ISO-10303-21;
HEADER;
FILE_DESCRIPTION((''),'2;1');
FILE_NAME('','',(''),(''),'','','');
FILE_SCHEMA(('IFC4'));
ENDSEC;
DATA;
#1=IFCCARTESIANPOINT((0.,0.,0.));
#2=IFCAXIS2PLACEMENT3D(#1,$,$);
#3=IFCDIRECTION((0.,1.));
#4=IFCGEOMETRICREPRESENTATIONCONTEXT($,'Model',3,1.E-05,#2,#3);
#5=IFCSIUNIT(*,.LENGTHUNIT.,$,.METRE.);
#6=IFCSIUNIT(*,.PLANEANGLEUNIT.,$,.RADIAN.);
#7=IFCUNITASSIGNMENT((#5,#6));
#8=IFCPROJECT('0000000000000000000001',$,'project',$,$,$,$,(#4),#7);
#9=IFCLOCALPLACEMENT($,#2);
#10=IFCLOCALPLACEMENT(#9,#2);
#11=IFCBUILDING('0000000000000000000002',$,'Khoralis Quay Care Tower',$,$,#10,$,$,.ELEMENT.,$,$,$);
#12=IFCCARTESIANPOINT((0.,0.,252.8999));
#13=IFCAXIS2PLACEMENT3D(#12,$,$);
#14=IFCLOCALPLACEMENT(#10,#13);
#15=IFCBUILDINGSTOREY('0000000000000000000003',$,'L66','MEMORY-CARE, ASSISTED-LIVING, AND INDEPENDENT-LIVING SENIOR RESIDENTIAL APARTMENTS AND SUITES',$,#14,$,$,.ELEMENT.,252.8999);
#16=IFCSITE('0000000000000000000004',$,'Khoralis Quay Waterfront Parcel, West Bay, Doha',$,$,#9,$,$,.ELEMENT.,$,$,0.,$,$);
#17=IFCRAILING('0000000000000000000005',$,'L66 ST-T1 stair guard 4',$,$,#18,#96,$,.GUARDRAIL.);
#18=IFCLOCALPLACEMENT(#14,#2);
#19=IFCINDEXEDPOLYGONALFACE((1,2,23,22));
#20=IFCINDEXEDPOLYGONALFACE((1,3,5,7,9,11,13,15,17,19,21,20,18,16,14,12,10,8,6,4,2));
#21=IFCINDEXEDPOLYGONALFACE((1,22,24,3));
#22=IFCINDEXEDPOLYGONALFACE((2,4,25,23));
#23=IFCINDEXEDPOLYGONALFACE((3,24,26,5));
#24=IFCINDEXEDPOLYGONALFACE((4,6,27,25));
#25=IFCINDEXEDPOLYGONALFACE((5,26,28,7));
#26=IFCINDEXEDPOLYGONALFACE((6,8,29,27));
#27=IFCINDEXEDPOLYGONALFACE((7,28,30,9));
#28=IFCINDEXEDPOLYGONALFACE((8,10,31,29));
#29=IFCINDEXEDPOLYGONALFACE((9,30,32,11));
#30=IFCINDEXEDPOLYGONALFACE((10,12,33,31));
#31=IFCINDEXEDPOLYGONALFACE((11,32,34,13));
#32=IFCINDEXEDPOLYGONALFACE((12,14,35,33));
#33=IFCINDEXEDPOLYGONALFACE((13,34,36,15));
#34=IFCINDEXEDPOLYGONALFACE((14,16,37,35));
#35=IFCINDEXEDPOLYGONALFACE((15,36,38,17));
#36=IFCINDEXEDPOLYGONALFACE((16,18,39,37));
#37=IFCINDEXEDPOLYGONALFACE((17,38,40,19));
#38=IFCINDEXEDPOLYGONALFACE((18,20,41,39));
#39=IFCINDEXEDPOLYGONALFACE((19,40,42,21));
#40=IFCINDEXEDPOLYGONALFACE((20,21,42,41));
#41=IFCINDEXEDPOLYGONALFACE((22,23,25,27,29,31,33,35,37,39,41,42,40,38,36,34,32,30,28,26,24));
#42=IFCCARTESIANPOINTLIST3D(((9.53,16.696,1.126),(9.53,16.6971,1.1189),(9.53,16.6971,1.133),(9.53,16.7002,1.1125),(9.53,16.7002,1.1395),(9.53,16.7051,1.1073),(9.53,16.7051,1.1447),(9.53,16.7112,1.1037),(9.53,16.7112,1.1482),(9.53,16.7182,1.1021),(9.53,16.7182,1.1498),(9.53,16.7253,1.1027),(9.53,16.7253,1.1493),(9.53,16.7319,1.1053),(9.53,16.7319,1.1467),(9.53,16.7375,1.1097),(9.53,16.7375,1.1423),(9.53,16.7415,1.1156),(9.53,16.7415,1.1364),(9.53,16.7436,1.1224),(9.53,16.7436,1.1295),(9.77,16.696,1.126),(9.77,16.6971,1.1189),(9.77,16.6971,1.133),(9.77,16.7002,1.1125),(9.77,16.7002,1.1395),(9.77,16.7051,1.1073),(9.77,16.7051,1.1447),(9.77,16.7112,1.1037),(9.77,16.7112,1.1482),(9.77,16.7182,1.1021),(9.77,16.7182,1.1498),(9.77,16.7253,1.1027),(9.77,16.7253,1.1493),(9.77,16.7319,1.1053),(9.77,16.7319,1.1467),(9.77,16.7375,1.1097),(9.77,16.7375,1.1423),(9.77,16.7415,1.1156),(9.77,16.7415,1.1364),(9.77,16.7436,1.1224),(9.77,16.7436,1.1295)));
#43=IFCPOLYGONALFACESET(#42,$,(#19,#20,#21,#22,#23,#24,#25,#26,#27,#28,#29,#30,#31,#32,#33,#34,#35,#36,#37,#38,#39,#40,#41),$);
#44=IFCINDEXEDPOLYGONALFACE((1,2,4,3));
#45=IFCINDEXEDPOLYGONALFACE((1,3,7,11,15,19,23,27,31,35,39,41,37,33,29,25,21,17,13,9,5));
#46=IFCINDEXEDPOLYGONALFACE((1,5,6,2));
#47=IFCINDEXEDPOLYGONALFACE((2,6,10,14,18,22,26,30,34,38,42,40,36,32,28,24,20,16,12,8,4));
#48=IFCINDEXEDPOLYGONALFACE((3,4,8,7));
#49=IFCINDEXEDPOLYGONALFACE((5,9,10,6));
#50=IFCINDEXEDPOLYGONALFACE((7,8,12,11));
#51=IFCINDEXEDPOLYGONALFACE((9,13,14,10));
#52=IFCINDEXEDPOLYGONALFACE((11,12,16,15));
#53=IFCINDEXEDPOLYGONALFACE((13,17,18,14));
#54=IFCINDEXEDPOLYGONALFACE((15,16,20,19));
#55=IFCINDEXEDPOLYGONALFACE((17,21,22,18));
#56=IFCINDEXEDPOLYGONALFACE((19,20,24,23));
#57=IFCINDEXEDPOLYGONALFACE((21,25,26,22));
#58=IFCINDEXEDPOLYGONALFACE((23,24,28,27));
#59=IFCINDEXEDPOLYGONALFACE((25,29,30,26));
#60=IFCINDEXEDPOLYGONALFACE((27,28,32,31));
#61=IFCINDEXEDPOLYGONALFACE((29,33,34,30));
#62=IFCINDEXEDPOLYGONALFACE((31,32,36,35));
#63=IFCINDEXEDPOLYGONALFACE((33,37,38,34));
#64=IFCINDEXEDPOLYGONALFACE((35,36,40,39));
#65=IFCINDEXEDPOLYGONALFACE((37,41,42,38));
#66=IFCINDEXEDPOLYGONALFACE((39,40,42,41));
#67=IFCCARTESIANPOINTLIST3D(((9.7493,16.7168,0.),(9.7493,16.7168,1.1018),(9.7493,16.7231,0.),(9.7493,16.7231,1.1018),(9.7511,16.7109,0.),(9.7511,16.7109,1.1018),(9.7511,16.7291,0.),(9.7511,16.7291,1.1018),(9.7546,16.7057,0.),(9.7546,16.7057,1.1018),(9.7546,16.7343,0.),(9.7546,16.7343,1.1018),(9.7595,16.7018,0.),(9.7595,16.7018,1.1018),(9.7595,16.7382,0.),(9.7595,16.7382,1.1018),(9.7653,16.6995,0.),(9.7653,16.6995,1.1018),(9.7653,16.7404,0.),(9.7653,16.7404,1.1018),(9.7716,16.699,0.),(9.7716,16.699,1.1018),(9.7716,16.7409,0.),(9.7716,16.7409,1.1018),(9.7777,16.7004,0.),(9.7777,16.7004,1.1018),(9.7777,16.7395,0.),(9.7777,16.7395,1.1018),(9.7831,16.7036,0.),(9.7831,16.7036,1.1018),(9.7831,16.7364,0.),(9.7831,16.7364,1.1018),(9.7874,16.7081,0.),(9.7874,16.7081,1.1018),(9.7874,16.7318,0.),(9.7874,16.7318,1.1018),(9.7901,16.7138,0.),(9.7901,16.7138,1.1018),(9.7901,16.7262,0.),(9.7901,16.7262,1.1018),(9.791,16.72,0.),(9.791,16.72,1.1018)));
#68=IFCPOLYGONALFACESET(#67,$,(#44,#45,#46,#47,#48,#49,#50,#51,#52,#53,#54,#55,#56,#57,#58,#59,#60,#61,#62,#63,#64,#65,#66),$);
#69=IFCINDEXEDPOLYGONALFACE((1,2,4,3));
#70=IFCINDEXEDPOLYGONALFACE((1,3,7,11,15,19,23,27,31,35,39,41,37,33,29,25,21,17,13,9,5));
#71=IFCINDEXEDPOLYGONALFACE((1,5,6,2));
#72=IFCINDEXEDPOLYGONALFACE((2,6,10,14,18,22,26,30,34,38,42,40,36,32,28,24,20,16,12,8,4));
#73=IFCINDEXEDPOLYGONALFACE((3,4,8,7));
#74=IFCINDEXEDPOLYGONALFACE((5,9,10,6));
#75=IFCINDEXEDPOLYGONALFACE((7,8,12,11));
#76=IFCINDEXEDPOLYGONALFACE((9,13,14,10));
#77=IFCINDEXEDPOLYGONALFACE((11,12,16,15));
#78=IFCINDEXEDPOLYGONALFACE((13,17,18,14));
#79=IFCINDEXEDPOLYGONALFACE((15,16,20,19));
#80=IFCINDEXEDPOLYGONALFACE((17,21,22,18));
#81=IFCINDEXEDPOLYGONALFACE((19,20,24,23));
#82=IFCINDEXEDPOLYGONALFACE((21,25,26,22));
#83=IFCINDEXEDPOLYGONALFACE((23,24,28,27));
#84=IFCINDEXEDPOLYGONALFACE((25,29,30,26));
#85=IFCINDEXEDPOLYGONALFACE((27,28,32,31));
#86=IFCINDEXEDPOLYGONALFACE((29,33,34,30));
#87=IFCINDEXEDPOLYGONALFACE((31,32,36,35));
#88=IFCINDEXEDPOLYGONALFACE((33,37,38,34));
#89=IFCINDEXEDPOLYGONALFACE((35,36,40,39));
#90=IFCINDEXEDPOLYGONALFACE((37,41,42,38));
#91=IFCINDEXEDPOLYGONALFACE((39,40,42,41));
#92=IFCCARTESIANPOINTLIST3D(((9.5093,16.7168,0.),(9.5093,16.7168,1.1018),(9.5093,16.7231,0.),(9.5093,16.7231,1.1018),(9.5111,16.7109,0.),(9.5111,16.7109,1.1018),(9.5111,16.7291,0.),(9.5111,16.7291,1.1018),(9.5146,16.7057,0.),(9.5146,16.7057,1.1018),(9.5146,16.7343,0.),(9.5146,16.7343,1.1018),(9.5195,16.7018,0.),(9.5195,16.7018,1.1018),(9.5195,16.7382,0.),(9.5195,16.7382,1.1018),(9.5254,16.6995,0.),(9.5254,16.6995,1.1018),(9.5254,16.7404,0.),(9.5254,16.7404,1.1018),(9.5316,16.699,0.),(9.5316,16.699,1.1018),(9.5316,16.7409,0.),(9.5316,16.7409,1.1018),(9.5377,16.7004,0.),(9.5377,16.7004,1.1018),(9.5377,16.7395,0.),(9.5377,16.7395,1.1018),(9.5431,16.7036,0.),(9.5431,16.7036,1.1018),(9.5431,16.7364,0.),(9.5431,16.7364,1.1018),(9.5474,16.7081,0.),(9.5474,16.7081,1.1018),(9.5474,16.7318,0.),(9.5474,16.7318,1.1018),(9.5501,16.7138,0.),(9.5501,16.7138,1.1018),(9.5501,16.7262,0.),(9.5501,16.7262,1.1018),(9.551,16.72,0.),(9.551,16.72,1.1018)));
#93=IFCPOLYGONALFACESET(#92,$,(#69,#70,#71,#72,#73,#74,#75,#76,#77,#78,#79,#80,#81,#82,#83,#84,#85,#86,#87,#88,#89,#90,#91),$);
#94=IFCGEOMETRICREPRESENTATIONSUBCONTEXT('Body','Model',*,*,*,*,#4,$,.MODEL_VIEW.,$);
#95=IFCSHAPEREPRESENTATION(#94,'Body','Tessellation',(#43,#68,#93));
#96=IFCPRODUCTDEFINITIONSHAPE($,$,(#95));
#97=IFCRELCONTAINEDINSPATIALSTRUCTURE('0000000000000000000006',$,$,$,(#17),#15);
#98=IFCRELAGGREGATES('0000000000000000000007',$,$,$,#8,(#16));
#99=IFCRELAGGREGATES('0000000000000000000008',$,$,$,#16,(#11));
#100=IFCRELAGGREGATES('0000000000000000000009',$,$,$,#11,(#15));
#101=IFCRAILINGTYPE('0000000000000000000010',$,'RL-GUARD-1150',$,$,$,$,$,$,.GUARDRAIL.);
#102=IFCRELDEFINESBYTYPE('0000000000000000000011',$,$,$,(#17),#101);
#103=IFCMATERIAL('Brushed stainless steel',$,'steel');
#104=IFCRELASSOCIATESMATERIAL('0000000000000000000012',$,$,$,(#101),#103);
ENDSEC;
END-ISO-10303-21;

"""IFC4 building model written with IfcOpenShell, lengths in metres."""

from ifc_helpers import new_model, si_unit, direction, frame, origin, origin_2d, place, context, subcontext, project, spatial, circle, extrude, material, type_object, element, save


model = new_model("IFC4")

# Units and contexts
model_context = context("Model", 3, precision=1e-05, world=origin(), true_north=direction((0.0, 1.0)))
body_context = subcontext(model_context, "Body", "Model", "MODEL_VIEW")
ifc_project = project(units=[si_unit("LENGTHUNIT", "METRE"), si_unit("PLANEANGLEUNIT", "RADIAN")], contexts=[model_context])

# Site, building, storey
site_placement = place(None, origin())
site = spatial("IfcSite", under=ifc_project, at=site_placement, Name="Khoralis Quay Waterfront Parcel, West Bay, Doha", CompositionType="ELEMENT", RefElevation=0.0)
building_placement = place(site_placement, origin())
building = spatial("IfcBuilding", under=site, at=building_placement, Name="Khoralis Quay Care Tower", CompositionType="ELEMENT")
storey_placement = place(building_placement, frame((0.0, 0.0, 252.8999)))
storey = spatial("IfcBuildingStorey", under=building, at=storey_placement, Name="L66", Description="MEMORY-CARE, ASSISTED-LIVING, AND INDEPENDENT-LIVING SENIOR RESIDENTIAL APARTMENTS AND SUITES", CompositionType="ELEMENT", Elevation=252.8999)

# Railing
ifc_material_1 = material(Name="Brushed stainless steel", Category="steel")
railing_type_1 = type_object("IfcRailingType", Name="RL-GUARD-1150", PredefinedType="GUARDRAIL", material=ifc_material_1)
railing_1_placement = place(storey_placement, frame((9.77, 16.72, 0.0)))
element("IfcRailing", 1, at=railing_1_placement, inside=storey, type_object=railing_type_1, Name="L66 ST-T1 stair guard 4", PredefinedType="GUARDRAIL", context=body_context, shape_type="SweptSolid", body=[
    extrude(circle(Radius=0.0239, at=origin_2d()), frame((0.0, 0.0, 1.126), z_axis=(-1.0, 0.0, 0.0), x_axis=(0.0, -1.0, 0.0)), (0.0, 0.0, 1.0), 0.24),
    extrude(circle(Radius=0.021, at=origin_2d()), origin(), (0.0, 0.0, 1.0), 1.1018),
    extrude(circle(Radius=0.021, at=origin_2d()), frame((-0.24, 0.0, 0.0)), (0.0, 0.0, 1.0), 1.1018),
])

save(model, "model.ifc")
